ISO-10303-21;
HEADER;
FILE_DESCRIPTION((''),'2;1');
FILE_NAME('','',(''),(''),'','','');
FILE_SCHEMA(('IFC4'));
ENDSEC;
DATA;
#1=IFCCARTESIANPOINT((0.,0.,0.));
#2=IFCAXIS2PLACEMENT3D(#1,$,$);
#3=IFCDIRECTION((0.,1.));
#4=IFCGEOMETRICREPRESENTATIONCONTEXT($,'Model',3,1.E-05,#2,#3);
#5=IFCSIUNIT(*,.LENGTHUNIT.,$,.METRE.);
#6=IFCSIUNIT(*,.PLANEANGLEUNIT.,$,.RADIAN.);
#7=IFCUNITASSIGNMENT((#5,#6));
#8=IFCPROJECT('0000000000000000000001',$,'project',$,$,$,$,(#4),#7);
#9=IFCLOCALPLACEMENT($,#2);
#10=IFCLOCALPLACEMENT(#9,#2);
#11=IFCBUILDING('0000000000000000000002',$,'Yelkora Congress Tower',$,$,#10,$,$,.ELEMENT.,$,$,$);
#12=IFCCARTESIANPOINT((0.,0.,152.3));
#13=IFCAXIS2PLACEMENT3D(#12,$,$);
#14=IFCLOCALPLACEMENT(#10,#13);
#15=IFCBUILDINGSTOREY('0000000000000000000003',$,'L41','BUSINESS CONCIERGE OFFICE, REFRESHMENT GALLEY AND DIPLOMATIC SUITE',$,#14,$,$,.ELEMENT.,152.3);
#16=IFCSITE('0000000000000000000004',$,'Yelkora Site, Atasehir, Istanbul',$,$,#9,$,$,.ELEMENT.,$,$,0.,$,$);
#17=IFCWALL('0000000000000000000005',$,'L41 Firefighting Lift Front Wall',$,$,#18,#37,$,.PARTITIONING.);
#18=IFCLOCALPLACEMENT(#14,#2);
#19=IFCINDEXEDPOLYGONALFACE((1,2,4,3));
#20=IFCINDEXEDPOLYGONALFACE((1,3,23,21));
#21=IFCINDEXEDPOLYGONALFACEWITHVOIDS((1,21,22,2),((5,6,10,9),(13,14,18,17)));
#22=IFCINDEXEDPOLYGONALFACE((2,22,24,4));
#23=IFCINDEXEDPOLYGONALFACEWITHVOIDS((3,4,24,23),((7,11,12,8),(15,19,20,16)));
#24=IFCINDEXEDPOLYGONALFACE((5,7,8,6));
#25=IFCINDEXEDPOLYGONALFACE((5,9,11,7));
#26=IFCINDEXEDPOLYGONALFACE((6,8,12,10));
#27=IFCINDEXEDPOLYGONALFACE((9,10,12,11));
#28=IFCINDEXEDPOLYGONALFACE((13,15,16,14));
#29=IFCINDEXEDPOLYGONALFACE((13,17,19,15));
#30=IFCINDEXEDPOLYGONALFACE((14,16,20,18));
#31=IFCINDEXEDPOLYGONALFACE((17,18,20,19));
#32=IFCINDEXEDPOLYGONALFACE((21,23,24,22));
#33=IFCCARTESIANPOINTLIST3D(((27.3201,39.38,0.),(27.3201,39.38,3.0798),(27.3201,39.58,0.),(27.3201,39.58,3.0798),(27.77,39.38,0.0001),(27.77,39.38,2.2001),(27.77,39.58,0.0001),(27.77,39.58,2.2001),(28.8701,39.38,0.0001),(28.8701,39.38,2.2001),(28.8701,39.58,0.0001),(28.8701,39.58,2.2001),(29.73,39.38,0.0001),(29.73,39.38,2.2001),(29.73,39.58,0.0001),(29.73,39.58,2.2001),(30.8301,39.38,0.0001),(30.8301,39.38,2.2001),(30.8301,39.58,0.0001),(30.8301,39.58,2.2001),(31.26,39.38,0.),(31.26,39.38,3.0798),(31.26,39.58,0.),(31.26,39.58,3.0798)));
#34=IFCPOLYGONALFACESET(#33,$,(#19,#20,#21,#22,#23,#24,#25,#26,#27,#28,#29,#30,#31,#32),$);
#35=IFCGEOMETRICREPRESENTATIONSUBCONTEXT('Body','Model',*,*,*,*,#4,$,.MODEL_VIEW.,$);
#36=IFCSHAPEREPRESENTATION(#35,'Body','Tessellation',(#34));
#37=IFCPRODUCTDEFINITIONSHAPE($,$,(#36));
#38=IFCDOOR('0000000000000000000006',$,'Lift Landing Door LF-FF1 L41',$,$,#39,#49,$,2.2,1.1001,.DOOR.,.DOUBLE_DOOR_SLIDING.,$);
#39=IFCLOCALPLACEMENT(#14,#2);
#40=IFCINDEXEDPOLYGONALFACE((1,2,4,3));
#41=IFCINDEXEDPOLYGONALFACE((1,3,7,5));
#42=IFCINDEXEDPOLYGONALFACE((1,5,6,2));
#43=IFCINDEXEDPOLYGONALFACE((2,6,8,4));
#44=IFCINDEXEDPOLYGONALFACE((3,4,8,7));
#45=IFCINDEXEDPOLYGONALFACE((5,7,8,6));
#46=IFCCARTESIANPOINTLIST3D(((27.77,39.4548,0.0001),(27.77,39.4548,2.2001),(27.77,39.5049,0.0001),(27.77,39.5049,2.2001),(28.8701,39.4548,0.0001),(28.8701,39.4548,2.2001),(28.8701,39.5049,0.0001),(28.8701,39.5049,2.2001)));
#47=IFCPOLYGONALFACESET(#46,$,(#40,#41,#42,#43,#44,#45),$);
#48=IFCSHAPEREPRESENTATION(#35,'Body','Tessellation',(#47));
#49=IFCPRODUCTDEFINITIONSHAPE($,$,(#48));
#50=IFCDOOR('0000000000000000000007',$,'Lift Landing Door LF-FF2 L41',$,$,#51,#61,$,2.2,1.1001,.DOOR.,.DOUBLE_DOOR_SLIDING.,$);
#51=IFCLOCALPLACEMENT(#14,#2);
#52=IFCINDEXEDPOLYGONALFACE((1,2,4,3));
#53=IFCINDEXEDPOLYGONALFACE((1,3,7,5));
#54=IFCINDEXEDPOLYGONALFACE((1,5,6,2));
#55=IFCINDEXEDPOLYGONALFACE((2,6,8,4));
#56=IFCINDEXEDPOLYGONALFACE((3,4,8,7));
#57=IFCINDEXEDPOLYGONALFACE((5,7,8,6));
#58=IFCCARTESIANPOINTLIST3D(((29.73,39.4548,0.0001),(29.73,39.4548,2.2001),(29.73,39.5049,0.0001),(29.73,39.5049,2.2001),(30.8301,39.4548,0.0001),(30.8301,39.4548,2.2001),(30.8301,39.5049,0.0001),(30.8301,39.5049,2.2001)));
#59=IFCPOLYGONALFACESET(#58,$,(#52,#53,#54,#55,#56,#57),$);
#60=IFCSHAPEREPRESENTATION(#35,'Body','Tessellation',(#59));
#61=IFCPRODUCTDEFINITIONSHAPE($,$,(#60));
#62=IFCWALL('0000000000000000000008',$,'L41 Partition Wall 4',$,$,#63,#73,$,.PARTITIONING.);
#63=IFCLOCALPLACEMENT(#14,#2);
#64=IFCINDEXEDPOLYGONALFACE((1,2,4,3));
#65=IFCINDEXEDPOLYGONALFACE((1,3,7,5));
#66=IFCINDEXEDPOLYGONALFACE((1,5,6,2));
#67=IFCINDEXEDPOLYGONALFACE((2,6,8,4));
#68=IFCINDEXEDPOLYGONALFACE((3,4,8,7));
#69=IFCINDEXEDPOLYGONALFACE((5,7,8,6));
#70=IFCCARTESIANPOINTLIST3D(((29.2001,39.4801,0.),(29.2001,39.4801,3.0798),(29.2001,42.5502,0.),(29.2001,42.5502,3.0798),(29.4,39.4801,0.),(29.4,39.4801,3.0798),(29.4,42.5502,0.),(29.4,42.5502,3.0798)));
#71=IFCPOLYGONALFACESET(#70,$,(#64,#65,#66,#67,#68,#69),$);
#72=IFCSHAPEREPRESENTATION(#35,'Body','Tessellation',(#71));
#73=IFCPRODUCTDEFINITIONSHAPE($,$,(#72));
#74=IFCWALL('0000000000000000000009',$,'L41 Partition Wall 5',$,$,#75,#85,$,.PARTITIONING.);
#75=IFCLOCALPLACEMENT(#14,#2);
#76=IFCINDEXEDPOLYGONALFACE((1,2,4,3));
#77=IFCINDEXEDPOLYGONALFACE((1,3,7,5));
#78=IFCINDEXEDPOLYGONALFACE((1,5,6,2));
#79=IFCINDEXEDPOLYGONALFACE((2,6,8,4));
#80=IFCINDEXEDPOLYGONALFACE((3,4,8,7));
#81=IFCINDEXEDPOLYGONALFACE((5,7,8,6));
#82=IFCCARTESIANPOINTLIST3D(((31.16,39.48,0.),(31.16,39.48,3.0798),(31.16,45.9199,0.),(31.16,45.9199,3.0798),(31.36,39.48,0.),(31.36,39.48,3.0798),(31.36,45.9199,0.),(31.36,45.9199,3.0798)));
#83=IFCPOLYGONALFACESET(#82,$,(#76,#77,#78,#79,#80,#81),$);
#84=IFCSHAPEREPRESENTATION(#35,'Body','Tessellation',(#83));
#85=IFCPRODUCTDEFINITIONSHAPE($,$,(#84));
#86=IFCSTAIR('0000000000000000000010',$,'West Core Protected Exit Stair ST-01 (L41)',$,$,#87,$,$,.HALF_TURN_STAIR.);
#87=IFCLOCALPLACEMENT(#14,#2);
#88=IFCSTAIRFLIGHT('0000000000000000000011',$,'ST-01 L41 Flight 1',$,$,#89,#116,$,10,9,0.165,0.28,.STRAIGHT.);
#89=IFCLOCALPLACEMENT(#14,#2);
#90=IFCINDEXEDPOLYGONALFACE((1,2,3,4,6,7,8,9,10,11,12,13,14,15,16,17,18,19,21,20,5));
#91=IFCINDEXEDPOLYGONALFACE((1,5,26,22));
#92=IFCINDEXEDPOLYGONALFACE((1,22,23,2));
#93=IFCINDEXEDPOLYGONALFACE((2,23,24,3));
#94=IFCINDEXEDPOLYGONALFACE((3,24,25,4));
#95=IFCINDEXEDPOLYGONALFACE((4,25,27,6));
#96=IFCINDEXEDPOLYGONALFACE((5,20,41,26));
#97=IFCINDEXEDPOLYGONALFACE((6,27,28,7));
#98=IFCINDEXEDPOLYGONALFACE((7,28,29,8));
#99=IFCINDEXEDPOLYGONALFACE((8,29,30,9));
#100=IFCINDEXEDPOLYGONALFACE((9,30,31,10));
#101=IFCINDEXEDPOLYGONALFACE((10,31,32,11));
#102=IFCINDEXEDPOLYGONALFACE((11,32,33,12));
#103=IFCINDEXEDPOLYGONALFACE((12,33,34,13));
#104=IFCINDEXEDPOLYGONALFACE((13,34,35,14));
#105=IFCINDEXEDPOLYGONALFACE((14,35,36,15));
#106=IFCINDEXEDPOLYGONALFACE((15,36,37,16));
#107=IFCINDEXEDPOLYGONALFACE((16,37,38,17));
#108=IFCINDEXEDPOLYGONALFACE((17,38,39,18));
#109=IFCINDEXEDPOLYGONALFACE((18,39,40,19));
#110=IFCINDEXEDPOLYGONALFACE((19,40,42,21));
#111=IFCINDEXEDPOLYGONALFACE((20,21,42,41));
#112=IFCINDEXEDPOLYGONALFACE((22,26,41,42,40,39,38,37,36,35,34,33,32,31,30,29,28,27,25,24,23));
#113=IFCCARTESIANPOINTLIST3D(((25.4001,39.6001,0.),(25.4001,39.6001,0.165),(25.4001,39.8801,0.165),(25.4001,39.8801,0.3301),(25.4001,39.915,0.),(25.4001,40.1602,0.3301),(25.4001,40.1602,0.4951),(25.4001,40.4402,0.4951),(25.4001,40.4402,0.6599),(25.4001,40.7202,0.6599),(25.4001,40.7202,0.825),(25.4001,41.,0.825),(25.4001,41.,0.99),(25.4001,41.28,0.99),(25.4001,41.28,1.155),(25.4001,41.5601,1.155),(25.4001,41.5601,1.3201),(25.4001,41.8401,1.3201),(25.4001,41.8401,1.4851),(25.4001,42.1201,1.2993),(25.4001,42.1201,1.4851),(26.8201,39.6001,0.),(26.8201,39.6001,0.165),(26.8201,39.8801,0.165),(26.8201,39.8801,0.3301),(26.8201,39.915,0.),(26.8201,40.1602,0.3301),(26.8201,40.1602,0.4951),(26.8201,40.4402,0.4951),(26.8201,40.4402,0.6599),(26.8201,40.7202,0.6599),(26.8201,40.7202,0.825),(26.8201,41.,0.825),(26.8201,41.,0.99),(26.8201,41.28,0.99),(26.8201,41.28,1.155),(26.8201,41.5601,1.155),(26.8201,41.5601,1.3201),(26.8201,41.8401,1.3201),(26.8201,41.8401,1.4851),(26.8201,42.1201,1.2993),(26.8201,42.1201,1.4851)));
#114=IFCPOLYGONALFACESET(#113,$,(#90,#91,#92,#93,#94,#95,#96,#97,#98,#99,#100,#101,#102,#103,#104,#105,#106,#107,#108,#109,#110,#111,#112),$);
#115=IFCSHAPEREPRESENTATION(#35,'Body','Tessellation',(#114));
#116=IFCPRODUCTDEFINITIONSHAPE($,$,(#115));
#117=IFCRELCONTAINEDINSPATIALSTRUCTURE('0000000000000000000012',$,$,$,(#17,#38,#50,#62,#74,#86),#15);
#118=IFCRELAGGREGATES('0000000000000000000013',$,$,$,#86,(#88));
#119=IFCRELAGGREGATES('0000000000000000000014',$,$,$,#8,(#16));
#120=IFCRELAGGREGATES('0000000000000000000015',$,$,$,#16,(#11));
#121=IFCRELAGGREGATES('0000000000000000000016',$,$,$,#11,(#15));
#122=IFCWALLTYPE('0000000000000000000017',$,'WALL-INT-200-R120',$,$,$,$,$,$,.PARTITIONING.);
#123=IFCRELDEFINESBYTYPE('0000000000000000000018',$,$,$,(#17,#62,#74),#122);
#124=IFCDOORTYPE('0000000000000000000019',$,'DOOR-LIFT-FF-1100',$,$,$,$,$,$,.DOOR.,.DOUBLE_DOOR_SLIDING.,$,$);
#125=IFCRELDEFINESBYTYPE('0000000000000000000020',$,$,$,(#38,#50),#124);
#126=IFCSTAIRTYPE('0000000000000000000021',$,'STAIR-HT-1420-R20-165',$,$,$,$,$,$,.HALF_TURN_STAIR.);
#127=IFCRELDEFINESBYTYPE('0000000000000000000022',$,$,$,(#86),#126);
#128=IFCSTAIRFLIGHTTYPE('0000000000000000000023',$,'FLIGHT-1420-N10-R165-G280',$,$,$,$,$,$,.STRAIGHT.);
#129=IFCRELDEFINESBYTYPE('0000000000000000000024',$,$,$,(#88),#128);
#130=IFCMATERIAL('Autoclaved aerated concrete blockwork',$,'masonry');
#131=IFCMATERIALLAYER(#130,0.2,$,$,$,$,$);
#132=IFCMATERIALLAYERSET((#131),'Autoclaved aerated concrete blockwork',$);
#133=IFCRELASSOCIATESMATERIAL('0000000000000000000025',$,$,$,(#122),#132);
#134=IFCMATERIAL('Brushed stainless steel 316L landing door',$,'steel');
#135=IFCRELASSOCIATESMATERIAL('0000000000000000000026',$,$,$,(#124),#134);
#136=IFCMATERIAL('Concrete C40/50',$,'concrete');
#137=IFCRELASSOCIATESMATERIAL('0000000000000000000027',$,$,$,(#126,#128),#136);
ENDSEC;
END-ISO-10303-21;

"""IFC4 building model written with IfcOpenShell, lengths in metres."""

from ifc_helpers import new_model, si_unit, direction, frame, frame_2d, origin, place, context, subcontext, project, spatial, polyline, rectangle, outline, extrude, material, layer, layer_set, type_object, element, fill, aggregate, save


model = new_model("IFC4")

# Units and contexts
model_context = context("Model", 3, precision=1e-05, world=origin(), true_north=direction((0.0, 1.0)))
body_context = subcontext(model_context, "Body", "Model", "MODEL_VIEW")
ifc_project = project(units=[si_unit("LENGTHUNIT", "METRE"), si_unit("PLANEANGLEUNIT", "RADIAN")], contexts=[model_context])

# Site, building, storey
site_placement = place(None, origin())
site = spatial("IfcSite", under=ifc_project, at=site_placement, Name="Yelkora Site, Atasehir, Istanbul", CompositionType="ELEMENT", RefElevation=0.0)
building_placement = place(site_placement, origin())
building = spatial("IfcBuilding", under=site, at=building_placement, Name="Yelkora Congress Tower", CompositionType="ELEMENT")
storey_placement = place(building_placement, frame((0.0, 0.0, 152.3)))
storey = spatial("IfcBuildingStorey", under=building, at=storey_placement, Name="L41", Description="BUSINESS CONCIERGE OFFICE, REFRESHMENT GALLEY AND DIPLOMATIC SUITE", CompositionType="ELEMENT", Elevation=152.3)

# Shared definitions
ifc_material_1 = material(Name="Autoclaved aerated concrete blockwork", Category="masonry")
ifc_layer_1 = layer(ifc_material_1, 0.2)
ifc_layer_set_1 = layer_set([ifc_layer_1], Name="Autoclaved aerated concrete blockwork")
wall_type_1 = type_object("IfcWallType", Name="WALL-INT-200-R120", PredefinedType="PARTITIONING", material=ifc_layer_set_1)

# Wall, openings, doors
wall_1_placement = place(storey_placement, frame((27.3201, 39.48, 0.0), z_axis=(0.0, 0.0, 1.0), x_axis=(1.0, 0.0, 0.0)))
wall_1 = element("IfcWall", 1, at=wall_1_placement, inside=storey, type_object=wall_type_1, Name="L41 Firefighting Lift Front Wall", PredefinedType="PARTITIONING", context=body_context, shape_type="SweptSolid", body=[
    extrude(rectangle(XDim=3.9399, YDim=0.2, at=frame_2d((1.97, 0.0))), origin(), (0.0, 0.0, 1.0), 3.0798),
])
opening_1_placement = place(wall_1_placement, frame((0.45, 0.0, 0.0)))
opening_1 = element("IfcOpeningElement", 2, at=opening_1_placement, cuts=wall_1, PredefinedType="OPENING", context=body_context, shape_type="SweptSolid", body=[
    extrude(rectangle(XDim=1.1001, YDim=2.2, at=frame_2d((0.55, 1.1001))), frame((0.0, 0.1099, 0.0), z_axis=(0.0, -1.0, 0.0), x_axis=(1.0, 0.0, 0.0)), (0.0, 0.0, 1.0), 0.22),
])
opening_2_placement = place(wall_1_placement, frame((2.4099, 0.0, 0.0)))
opening_2 = element("IfcOpeningElement", 3, at=opening_2_placement, cuts=wall_1, PredefinedType="OPENING", context=body_context, shape_type="SweptSolid", body=[
    extrude(rectangle(XDim=1.1001, YDim=2.2, at=frame_2d((0.55, 1.1001))), frame((0.0, 0.1099, 0.0), z_axis=(0.0, -1.0, 0.0), x_axis=(1.0, 0.0, 0.0)), (0.0, 0.0, 1.0), 0.22),
])
ifc_material_2 = material(Name="Brushed stainless steel 316L landing door", Category="steel")
door_type_1 = type_object("IfcDoorType", Name="DOOR-LIFT-FF-1100", OperationType="DOUBLE_DOOR_SLIDING", PredefinedType="DOOR", material=ifc_material_2)
door_1_placement = place(opening_1_placement, origin())
door_1 = element("IfcDoor", 4, at=door_1_placement, inside=storey, type_object=door_type_1, Name="Lift Landing Door LF-FF1 L41", OperationType="DOUBLE_DOOR_SLIDING", OverallHeight=2.2, OverallWidth=1.1001, PredefinedType="DOOR", context=body_context, shape_type="SweptSolid", body=[
    extrude(rectangle(XDim=1.1001, YDim=2.2, at=frame_2d((0.55, 1.1001))), frame((0.0, 0.0249, 0.0), z_axis=(0.0, -1.0, 0.0), x_axis=(1.0, 0.0, 0.0)), (0.0, 0.0, 1.0), 0.05),
])
fill(opening_1, door_1)
door_2_placement = place(opening_2_placement, origin())
door_2 = element("IfcDoor", 5, at=door_2_placement, inside=storey, type_object=door_type_1, Name="Lift Landing Door LF-FF2 L41", OperationType="DOUBLE_DOOR_SLIDING", OverallHeight=2.2, OverallWidth=1.1001, PredefinedType="DOOR", context=body_context, shape_type="SweptSolid", body=[
    extrude(rectangle(XDim=1.1001, YDim=2.2, at=frame_2d((0.55, 1.1001))), frame((0.0, 0.0249, 0.0), z_axis=(0.0, -1.0, 0.0), x_axis=(1.0, 0.0, 0.0)), (0.0, 0.0, 1.0), 0.05),
])
fill(opening_2, door_2)

# Walls
wall_2_placement = place(storey_placement, frame((29.3, 39.48, 0.0), z_axis=(0.0, 0.0, 1.0), x_axis=(0.0, 1.0, 0.0)))
element("IfcWall", 6, at=wall_2_placement, inside=storey, type_object=wall_type_1, Name="L41 Partition Wall 4", PredefinedType="PARTITIONING", context=body_context, shape_type="SweptSolid", body=[
    extrude(rectangle(XDim=3.0701, YDim=0.2, at=frame_2d((1.5352, 0.0))), origin(), (0.0, 0.0, 1.0), 3.0798),
])
wall_3_placement = place(storey_placement, frame((31.26, 39.48, 0.0), z_axis=(0.0, 0.0, 1.0), x_axis=(0.0, 1.0, 0.0)))
element("IfcWall", 7, at=wall_3_placement, inside=storey, type_object=wall_type_1, Name="L41 Partition Wall 5", PredefinedType="PARTITIONING", context=body_context, shape_type="SweptSolid", body=[
    extrude(rectangle(XDim=6.4399, YDim=0.2, at=frame_2d((3.22, 0.0))), origin(), (0.0, 0.0, 1.0), 3.0798),
])

# Stair, stair flight
ifc_material_3 = material(Name="Concrete C40/50", Category="concrete")
stair_type = type_object("IfcStairType", Name="STAIR-HT-1420-R20-165", PredefinedType="HALF_TURN_STAIR", material=ifc_material_3)
stair_placement = place(storey_placement, origin())
stair = element("IfcStair", 8, at=stair_placement, inside=storey, type_object=stair_type, Name="West Core Protected Exit Stair ST-01 (L41)", PredefinedType="HALF_TURN_STAIR")
stair_flight_type = type_object("IfcStairFlightType", Name="FLIGHT-1420-N10-R165-G280", PredefinedType="STRAIGHT", material=ifc_material_3)
stair_flight_placement = place(storey_placement, frame((26.1101, 39.6001, 0.0), z_axis=(0.0, 0.0, 1.0), x_axis=(0.0, 1.0, 0.0)))
stair_flight = element("IfcStairFlight", 9, at=stair_flight_placement, type_object=stair_flight_type, Name="ST-01 L41 Flight 1", NumberOfRisers=10, NumberOfTreads=9, PredefinedType="STRAIGHT", RiserHeight=0.165, TreadLength=0.28, context=body_context, shape_type="SweptSolid", body=[
    extrude(outline(polyline([(0.0, 0.0), (0.0, 0.165), (0.28, 0.165), (0.28, 0.3301), (0.5601, 0.3301), (0.5601, 0.4951), (0.8401, 0.4951), (0.8401, 0.6599), (1.1201, 0.6599), (1.1201, 0.825), (1.3999, 0.825), (1.3999, 0.99), (1.6799, 0.99), (1.6799, 1.155), (1.96, 1.155), (1.96, 1.3201), (2.24, 1.3201), (2.24, 1.4851), (2.52, 1.4851), (2.52, 1.6499), (2.52, 1.2993), (0.3149, 0.0), (0.0, 0.0)])), frame((0.0, 0.71, 0.0), z_axis=(0.0, -1.0, 0.0), x_axis=(1.0, 0.0, 0.0)), (0.0, 0.0, 1.0), 1.4199),
])
aggregate(stair, [stair_flight])

save(model, "model.ifc")
